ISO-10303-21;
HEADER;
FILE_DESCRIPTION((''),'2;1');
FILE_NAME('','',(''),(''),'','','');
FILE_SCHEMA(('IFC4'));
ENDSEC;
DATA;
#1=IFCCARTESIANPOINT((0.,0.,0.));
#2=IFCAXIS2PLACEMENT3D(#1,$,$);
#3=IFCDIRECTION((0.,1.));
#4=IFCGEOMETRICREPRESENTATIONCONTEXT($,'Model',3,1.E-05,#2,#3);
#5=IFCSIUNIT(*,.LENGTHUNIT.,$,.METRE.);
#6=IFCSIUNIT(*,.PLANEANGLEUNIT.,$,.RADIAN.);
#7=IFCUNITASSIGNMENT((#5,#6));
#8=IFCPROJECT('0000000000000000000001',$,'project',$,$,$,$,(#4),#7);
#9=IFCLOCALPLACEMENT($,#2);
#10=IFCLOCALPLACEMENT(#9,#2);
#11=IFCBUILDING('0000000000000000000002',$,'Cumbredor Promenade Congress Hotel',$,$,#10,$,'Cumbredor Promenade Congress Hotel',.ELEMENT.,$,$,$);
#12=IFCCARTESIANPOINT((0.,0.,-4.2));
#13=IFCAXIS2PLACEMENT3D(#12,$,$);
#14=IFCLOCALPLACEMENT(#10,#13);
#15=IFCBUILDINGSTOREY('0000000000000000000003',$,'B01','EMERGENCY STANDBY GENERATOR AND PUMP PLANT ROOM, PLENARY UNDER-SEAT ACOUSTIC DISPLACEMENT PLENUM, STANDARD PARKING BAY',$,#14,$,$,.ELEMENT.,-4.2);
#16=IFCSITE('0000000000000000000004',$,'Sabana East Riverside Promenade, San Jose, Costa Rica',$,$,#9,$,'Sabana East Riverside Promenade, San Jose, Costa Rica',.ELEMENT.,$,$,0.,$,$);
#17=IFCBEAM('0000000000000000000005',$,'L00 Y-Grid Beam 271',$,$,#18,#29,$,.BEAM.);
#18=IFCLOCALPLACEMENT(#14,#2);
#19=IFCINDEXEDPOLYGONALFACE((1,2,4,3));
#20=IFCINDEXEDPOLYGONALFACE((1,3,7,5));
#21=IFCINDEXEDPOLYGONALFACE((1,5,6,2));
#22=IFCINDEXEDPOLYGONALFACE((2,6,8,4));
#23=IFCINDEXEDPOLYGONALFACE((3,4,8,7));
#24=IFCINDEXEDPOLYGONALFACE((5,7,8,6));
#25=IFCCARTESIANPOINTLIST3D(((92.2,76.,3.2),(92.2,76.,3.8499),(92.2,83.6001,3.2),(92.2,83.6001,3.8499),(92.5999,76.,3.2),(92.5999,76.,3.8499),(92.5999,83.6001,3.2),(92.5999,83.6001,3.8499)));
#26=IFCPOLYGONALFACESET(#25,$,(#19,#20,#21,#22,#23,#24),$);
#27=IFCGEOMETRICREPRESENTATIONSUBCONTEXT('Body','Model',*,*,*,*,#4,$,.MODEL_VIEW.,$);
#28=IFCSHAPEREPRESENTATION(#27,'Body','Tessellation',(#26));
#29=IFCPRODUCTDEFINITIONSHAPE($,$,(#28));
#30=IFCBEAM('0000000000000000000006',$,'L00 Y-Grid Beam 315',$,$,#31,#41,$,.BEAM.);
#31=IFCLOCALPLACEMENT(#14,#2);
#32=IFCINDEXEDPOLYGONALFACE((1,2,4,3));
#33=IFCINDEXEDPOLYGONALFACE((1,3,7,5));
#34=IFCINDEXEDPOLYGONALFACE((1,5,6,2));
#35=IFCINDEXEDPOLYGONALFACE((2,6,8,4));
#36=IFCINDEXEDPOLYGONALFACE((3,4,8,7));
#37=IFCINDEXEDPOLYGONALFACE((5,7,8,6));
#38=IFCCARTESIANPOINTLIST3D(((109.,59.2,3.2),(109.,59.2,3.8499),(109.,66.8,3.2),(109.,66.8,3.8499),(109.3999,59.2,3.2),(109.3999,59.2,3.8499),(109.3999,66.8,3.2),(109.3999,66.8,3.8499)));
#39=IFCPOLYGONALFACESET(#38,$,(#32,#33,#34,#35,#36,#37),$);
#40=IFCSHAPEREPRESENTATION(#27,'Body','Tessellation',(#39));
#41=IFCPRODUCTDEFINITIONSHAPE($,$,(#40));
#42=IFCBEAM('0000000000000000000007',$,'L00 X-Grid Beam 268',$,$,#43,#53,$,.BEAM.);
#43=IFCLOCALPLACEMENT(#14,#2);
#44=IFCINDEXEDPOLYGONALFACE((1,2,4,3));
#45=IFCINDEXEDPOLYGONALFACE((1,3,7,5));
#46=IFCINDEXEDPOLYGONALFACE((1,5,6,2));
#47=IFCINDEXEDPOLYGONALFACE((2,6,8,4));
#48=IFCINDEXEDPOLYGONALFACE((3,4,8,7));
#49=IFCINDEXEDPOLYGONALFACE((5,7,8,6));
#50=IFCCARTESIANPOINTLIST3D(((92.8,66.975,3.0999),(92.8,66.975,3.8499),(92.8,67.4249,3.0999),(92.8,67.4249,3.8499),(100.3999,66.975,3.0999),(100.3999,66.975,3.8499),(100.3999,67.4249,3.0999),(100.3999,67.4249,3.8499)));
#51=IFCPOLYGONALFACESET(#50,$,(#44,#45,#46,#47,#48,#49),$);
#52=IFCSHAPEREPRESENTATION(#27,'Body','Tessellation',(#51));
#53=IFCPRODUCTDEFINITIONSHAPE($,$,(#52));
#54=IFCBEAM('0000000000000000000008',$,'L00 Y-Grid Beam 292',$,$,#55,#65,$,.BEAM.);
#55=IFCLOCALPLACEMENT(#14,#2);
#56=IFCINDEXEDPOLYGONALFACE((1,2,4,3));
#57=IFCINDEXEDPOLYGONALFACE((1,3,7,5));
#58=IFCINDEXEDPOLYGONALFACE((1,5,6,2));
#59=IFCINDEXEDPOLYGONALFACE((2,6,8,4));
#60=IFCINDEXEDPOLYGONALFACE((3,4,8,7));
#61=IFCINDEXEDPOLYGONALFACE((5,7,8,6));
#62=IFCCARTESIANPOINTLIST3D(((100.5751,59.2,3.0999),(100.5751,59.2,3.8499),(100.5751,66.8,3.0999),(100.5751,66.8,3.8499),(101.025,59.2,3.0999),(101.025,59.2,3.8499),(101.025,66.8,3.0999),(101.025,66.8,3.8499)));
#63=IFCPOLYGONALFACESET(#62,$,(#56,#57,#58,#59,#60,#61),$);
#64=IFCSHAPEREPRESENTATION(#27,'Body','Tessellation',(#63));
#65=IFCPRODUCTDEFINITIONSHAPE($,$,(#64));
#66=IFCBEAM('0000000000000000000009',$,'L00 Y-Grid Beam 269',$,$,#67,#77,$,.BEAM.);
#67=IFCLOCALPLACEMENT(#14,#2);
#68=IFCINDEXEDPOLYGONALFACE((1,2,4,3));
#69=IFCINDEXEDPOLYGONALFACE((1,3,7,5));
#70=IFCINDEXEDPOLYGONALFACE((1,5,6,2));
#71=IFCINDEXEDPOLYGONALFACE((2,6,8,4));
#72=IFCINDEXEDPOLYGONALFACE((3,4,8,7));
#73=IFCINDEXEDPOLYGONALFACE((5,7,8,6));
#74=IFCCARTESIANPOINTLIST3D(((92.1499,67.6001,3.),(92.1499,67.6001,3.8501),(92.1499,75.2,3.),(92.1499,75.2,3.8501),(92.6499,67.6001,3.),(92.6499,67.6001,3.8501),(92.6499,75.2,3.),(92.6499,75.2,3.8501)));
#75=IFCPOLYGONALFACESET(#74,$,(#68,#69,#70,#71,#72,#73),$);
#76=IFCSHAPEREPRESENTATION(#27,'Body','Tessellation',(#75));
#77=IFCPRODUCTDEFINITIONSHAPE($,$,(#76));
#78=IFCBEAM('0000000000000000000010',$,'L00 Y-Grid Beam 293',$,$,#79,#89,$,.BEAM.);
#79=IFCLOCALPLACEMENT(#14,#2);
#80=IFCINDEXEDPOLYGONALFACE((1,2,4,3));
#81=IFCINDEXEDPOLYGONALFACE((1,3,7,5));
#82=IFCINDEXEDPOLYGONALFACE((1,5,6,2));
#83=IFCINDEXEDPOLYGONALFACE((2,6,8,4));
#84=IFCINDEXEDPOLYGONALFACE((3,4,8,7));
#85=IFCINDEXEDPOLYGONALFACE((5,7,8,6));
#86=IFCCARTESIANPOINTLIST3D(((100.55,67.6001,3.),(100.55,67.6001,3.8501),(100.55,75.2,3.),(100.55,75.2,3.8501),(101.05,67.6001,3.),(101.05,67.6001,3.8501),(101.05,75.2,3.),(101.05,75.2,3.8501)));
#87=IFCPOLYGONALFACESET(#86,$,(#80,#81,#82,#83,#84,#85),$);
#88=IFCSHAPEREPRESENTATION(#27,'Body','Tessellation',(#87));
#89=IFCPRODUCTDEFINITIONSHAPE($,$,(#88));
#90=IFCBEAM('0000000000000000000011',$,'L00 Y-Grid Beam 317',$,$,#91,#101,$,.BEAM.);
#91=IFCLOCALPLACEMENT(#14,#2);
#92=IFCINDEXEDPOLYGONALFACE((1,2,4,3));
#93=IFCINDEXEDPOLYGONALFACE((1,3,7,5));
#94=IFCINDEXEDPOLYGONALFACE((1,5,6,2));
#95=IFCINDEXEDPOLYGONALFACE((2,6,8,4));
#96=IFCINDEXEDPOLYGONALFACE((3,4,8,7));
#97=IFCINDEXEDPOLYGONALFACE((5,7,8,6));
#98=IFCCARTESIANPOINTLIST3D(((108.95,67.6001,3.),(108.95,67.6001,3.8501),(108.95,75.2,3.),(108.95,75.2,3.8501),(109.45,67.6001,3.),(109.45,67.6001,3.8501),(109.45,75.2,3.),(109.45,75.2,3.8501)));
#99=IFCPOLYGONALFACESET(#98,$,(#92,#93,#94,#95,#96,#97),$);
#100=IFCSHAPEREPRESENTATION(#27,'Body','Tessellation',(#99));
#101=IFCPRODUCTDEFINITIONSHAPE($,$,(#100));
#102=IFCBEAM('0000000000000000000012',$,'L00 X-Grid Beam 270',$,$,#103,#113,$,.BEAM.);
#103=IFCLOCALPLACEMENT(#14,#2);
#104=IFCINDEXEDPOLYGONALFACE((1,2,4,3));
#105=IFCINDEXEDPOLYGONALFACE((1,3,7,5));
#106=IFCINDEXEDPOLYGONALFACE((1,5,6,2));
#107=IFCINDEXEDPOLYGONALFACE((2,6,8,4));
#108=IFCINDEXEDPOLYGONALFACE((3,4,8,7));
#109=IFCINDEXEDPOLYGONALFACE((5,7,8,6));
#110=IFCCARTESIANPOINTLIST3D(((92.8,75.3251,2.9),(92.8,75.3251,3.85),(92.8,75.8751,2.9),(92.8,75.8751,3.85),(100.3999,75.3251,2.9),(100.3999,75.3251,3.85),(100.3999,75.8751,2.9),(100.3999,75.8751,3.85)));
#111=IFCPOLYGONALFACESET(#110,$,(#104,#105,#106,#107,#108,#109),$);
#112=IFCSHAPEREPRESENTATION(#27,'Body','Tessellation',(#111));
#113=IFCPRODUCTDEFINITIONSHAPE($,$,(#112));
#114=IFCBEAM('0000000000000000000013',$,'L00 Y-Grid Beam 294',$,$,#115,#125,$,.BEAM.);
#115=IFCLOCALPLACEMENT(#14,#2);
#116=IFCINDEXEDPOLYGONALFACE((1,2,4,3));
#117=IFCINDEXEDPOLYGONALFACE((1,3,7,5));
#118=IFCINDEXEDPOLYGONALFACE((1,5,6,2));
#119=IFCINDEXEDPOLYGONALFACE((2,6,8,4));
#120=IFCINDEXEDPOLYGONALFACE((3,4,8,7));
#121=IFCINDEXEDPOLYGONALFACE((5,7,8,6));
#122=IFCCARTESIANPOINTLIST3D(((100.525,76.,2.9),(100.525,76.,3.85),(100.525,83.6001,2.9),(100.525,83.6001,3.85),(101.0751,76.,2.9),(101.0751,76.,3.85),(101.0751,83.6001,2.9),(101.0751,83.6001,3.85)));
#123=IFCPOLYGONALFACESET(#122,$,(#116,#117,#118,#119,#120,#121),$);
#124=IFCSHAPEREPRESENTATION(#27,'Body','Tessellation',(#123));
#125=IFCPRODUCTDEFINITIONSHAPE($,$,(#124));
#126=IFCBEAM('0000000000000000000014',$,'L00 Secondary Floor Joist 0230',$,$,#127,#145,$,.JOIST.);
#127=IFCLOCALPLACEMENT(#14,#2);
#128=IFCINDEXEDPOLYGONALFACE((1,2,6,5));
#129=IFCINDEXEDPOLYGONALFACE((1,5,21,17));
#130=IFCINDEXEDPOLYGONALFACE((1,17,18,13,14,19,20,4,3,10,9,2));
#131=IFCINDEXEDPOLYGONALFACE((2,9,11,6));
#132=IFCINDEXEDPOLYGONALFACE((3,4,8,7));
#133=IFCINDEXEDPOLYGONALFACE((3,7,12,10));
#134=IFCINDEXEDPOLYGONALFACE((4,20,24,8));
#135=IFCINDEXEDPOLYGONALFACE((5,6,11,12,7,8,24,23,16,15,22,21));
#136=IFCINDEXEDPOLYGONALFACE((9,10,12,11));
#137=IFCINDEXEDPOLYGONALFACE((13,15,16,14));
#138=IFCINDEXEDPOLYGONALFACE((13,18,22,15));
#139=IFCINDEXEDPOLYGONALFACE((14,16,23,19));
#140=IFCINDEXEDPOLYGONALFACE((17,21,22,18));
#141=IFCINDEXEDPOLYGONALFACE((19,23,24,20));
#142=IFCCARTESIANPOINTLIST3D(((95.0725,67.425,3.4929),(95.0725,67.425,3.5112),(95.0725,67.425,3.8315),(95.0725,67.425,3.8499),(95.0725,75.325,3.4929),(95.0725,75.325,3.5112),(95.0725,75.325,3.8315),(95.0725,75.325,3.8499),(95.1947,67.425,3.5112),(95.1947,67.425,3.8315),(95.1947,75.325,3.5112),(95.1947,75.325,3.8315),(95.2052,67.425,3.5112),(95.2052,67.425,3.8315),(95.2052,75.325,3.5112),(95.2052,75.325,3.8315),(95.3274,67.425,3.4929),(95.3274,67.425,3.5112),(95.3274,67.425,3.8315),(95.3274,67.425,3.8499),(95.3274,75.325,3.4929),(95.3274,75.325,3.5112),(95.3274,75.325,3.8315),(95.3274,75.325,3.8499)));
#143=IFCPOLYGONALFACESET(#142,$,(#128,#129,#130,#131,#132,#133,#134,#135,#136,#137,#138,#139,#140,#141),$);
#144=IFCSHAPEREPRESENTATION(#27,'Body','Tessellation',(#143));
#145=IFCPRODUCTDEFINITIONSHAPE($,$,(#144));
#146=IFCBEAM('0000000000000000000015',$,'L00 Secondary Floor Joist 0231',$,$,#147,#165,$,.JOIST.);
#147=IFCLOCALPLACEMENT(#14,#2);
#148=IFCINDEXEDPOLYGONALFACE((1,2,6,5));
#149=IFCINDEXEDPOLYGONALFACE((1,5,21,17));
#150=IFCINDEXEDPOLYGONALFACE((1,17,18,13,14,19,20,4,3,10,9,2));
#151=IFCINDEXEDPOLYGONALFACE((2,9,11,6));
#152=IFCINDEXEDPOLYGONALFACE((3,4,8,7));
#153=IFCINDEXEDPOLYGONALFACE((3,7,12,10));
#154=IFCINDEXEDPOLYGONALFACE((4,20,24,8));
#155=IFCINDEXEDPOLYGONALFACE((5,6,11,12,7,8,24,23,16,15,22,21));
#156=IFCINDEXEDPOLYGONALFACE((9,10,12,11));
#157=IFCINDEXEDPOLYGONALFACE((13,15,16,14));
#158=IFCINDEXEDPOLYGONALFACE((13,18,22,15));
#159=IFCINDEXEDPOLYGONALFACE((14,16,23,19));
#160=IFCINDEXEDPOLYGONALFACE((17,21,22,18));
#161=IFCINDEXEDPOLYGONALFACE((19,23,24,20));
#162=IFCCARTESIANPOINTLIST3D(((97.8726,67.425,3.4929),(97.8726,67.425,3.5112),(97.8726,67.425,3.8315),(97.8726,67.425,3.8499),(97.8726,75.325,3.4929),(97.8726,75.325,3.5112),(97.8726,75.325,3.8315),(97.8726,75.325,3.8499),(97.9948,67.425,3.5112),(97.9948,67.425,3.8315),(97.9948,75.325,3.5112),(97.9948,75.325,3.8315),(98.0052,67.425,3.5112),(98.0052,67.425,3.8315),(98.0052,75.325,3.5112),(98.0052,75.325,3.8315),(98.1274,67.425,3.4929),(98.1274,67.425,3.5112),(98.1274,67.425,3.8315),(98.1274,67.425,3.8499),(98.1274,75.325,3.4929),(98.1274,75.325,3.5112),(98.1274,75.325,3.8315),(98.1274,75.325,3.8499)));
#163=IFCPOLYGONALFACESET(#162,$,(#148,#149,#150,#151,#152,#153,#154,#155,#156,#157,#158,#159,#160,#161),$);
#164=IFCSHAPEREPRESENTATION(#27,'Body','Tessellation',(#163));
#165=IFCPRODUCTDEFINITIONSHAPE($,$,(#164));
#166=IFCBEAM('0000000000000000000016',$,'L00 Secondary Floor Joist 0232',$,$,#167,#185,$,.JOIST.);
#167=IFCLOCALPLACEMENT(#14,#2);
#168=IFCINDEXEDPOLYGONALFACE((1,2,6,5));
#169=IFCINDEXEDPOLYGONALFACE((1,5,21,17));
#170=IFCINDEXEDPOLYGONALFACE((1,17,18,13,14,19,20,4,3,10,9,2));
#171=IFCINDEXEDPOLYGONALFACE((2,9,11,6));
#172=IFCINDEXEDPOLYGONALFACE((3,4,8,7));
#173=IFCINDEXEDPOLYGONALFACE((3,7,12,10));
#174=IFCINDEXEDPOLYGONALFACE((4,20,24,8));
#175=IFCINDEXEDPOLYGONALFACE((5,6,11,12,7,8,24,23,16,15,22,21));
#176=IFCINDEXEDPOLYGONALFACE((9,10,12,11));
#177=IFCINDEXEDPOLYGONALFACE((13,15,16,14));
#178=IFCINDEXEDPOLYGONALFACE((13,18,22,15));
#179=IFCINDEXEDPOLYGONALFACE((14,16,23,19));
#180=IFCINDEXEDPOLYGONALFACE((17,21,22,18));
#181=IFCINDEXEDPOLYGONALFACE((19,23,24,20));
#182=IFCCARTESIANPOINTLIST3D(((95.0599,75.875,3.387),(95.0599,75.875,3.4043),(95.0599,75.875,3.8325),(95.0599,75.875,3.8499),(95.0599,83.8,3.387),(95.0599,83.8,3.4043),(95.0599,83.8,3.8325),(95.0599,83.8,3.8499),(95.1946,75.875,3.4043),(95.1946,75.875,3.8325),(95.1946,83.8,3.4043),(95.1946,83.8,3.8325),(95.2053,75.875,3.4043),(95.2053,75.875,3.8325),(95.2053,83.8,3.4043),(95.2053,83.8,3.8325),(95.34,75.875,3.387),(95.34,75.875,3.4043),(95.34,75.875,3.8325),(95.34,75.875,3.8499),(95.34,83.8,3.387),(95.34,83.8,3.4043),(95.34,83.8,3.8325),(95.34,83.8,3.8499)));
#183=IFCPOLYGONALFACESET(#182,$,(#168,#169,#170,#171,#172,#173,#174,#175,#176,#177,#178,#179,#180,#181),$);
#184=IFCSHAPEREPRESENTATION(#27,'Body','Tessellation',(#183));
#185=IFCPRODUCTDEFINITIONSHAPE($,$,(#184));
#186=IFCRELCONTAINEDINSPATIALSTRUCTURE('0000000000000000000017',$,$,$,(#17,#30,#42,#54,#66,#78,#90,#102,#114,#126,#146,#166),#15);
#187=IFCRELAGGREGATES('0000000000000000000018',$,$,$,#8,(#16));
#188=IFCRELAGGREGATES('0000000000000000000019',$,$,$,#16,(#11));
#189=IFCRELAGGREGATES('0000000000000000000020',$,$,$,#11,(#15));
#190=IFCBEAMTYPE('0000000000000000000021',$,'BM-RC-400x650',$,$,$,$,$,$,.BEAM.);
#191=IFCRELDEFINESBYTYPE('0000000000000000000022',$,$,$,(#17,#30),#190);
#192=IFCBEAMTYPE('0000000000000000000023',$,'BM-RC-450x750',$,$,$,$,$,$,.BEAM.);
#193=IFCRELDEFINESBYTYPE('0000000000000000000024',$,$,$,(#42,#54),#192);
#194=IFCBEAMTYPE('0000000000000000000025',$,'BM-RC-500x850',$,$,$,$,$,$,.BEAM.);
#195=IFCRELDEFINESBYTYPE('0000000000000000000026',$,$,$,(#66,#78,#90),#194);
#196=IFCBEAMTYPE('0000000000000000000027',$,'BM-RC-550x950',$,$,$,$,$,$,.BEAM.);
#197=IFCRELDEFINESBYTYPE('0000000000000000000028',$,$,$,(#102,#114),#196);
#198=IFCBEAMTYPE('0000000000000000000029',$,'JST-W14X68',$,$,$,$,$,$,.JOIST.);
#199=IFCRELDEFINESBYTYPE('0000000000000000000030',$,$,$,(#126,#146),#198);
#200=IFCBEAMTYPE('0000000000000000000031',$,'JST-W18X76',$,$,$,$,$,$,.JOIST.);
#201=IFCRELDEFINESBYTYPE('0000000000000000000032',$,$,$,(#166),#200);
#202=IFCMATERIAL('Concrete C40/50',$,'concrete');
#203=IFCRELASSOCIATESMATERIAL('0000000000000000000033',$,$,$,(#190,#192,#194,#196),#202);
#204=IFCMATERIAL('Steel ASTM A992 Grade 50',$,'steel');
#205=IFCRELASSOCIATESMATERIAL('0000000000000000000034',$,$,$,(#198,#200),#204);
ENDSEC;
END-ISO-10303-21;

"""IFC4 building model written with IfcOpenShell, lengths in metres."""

from ifc_helpers import new_model, si_unit, direction, frame, origin, origin_2d, place, context, subcontext, project, spatial, rectangle, i_section, extrude, material, material_profile, profile_set, type_object, element, save


model = new_model("IFC4")

# Units and contexts
model_context = context("Model", 3, precision=1e-05, world=origin(), true_north=direction((0.0, 1.0)))
body_context = subcontext(model_context, "Body", "Model", "MODEL_VIEW")
ifc_project = project(units=[si_unit("LENGTHUNIT", "METRE"), si_unit("PLANEANGLEUNIT", "RADIAN")], contexts=[model_context])

# Site, building, storey
site_placement = place(None, origin())
site = spatial("IfcSite", under=ifc_project, at=site_placement, Name="Sabana East Riverside Promenade, San Jose, Costa Rica", LongName="Sabana East Riverside Promenade, San Jose, Costa Rica", CompositionType="ELEMENT", RefElevation=0.0)
building_placement = place(site_placement, origin())
building = spatial("IfcBuilding", under=site, at=building_placement, Name="Cumbredor Promenade Congress Hotel", LongName="Cumbredor Promenade Congress Hotel", CompositionType="ELEMENT")
storey_placement = place(building_placement, frame((0.0, 0.0, -4.2)))
storey = spatial("IfcBuildingStorey", under=building, at=storey_placement, Name="B01", Description="EMERGENCY STANDBY GENERATOR AND PUMP PLANT ROOM, PLENARY UNDER-SEAT ACOUSTIC DISPLACEMENT PLENUM, STANDARD PARKING BAY", CompositionType="ELEMENT", Elevation=-4.2)

# Beams
ifc_material_1 = material(Name="Concrete C40/50", Category="concrete")
ifc_material_profile_1 = material_profile(ifc_material_1, rectangle(XDim=0.3999, YDim=0.6499, at=origin_2d()), Name="RC BEAM 400x650")
ifc_profile_set_1 = profile_set([ifc_material_profile_1], Name="Concrete C40/50")
beam_type_1 = type_object("IfcBeamType", Name="BM-RC-400x650", PredefinedType="BEAM", material=ifc_profile_set_1)
for number, where, z_axis, x_axis, name in (
    (1, (92.3999, 76.0, 3.5249), (0.0, 1.0, 0.0), (-1.0, 0.0, 0.0), "L00 Y-Grid Beam 271"),
    (2, (109.2, 59.2, 3.5249), (0.0, 1.0, 0.0), (-1.0, 0.0, 0.0), "L00 Y-Grid Beam 315"),
):
    element("IfcBeam", number, at=place(storey_placement, frame(where, z_axis=z_axis, x_axis=x_axis)), inside=storey, type_object=beam_type_1, Name=name, PredefinedType="BEAM", context=body_context, shape_type="SweptSolid", body=[
        extrude(rectangle(XDim=0.3999, YDim=0.6499, at=origin_2d()), origin(), (0.0, 0.0, 1.0), 7.6001),
    ])
ifc_material_profile_2 = material_profile(ifc_material_1, rectangle(XDim=0.45, YDim=0.75, at=origin_2d()), Name="RC BEAM 450x750")
ifc_profile_set_2 = profile_set([ifc_material_profile_2], Name="Concrete C40/50")
beam_type_2 = type_object("IfcBeamType", Name="BM-RC-450x750", PredefinedType="BEAM", material=ifc_profile_set_2)
beam_1_placement = place(storey_placement, frame((92.8, 67.2, 3.4749), z_axis=(1.0, 0.0, 0.0), x_axis=(0.0, 1.0, 0.0)))
element("IfcBeam", 3, at=beam_1_placement, inside=storey, type_object=beam_type_2, Name="L00 X-Grid Beam 268", PredefinedType="BEAM", context=body_context, shape_type="SweptSolid", body=[
    extrude(rectangle(XDim=0.45, YDim=0.75, at=origin_2d()), origin(), (0.0, 0.0, 1.0), 7.5999),
])
beam_2_placement = place(storey_placement, frame((100.8, 59.2, 3.4749), z_axis=(0.0, 1.0, 0.0), x_axis=(-1.0, 0.0, 0.0)))
element("IfcBeam", 4, at=beam_2_placement, inside=storey, type_object=beam_type_2, Name="L00 Y-Grid Beam 292", PredefinedType="BEAM", context=body_context, shape_type="SweptSolid", body=[
    extrude(rectangle(XDim=0.45, YDim=0.75, at=origin_2d()), origin(), (0.0, 0.0, 1.0), 7.6001),
])
ifc_material_profile_3 = material_profile(ifc_material_1, rectangle(XDim=0.5, YDim=0.8501, at=origin_2d()), Name="RC BEAM 500x850")
ifc_profile_set_3 = profile_set([ifc_material_profile_3], Name="Concrete C40/50")
beam_type_3 = type_object("IfcBeamType", Name="BM-RC-500x850", PredefinedType="BEAM", material=ifc_profile_set_3)
for number, where, z_axis, x_axis, name in (
    (5, (92.3999, 67.6001, 3.425), (0.0, 1.0, 0.0), (-1.0, 0.0, 0.0), "L00 Y-Grid Beam 269"),
    (6, (100.8, 67.6001, 3.425), (0.0, 1.0, 0.0), (-1.0, 0.0, 0.0), "L00 Y-Grid Beam 293"),
    (7, (109.2, 67.6001, 3.425), (0.0, 1.0, 0.0), (-1.0, 0.0, 0.0), "L00 Y-Grid Beam 317"),
):
    element("IfcBeam", number, at=place(storey_placement, frame(where, z_axis=z_axis, x_axis=x_axis)), inside=storey, type_object=beam_type_3, Name=name, PredefinedType="BEAM", context=body_context, shape_type="SweptSolid", body=[
        extrude(rectangle(XDim=0.5, YDim=0.8501, at=origin_2d()), origin(), (0.0, 0.0, 1.0), 7.5999),
    ])
ifc_material_profile_4 = material_profile(ifc_material_1, rectangle(XDim=0.55, YDim=0.95, at=origin_2d()), Name="RC BEAM 550x950")
ifc_profile_set_4 = profile_set([ifc_material_profile_4], Name="Concrete C40/50")
beam_type_4 = type_object("IfcBeamType", Name="BM-RC-550x950", PredefinedType="BEAM", material=ifc_profile_set_4)
beam_3_placement = place(storey_placement, frame((92.8, 75.6001, 3.375), z_axis=(1.0, 0.0, 0.0), x_axis=(0.0, 1.0, 0.0)))
element("IfcBeam", 8, at=beam_3_placement, inside=storey, type_object=beam_type_4, Name="L00 X-Grid Beam 270", PredefinedType="BEAM", context=body_context, shape_type="SweptSolid", body=[
    extrude(rectangle(XDim=0.55, YDim=0.95, at=origin_2d()), origin(), (0.0, 0.0, 1.0), 7.5999),
])
beam_4_placement = place(storey_placement, frame((100.8, 76.0, 3.375), z_axis=(0.0, 1.0, 0.0), x_axis=(-1.0, 0.0, 0.0)))
element("IfcBeam", 9, at=beam_4_placement, inside=storey, type_object=beam_type_4, Name="L00 Y-Grid Beam 294", PredefinedType="BEAM", context=body_context, shape_type="SweptSolid", body=[
    extrude(rectangle(XDim=0.55, YDim=0.95, at=origin_2d()), origin(), (0.0, 0.0, 1.0), 7.6001),
])
ifc_material_2 = material(Name="Steel ASTM A992 Grade 50", Category="steel")
ifc_material_profile_5 = material_profile(ifc_material_2, i_section(OverallWidth=0.2549, OverallDepth=0.3569, WebThickness=0.0105, FlangeThickness=0.0183, at=origin_2d()), Name="W14X68")
ifc_profile_set_5 = profile_set([ifc_material_profile_5], Name="Steel ASTM A992 Grade 50")
beam_type_5 = type_object("IfcBeamType", Name="JST-W14X68", PredefinedType="JOIST", material=ifc_profile_set_5)
for number, where, z_axis, x_axis, name in (
    (10, (95.2, 67.425, 3.6714), (0.0, 1.0, 0.0), (-1.0, 0.0, 0.0), "L00 Secondary Floor Joist 0230"),
    (11, (98.0, 67.425, 3.6714), (0.0, 1.0, 0.0), (-1.0, 0.0, 0.0), "L00 Secondary Floor Joist 0231"),
):
    element("IfcBeam", number, at=place(storey_placement, frame(where, z_axis=z_axis, x_axis=x_axis)), inside=storey, type_object=beam_type_5, Name=name, PredefinedType="JOIST", context=body_context, shape_type="SweptSolid", body=[
        extrude(i_section(OverallWidth=0.2549, OverallDepth=0.3569, WebThickness=0.0105, FlangeThickness=0.0183, at=origin_2d()), origin(), (0.0, 0.0, 1.0), 7.8999),
    ])
ifc_material_profile_6 = material_profile(ifc_material_2, i_section(OverallWidth=0.28, OverallDepth=0.4629, WebThickness=0.0107, FlangeThickness=0.0173, at=origin_2d()), Name="W18X76")
ifc_profile_set_6 = profile_set([ifc_material_profile_6], Name="Steel ASTM A992 Grade 50")
beam_type_6 = type_object("IfcBeamType", Name="JST-W18X76", PredefinedType="JOIST", material=ifc_profile_set_6)
for number, where, z_axis, x_axis, name in (
    (12, (95.2, 75.875, 3.6184), (0.0, 1.0, 0.0), (-1.0, 0.0, 0.0), "L00 Secondary Floor Joist 0232"),
):
    element("IfcBeam", number, at=place(storey_placement, frame(where, z_axis=z_axis, x_axis=x_axis)), inside=storey, type_object=beam_type_6, Name=name, PredefinedType="JOIST", context=body_context, shape_type="SweptSolid", body=[
        extrude(i_section(OverallWidth=0.28, OverallDepth=0.4629, WebThickness=0.0107, FlangeThickness=0.0173, at=origin_2d()), origin(), (0.0, 0.0, 1.0), 7.925),
    ])

save(model, "model.ifc")
